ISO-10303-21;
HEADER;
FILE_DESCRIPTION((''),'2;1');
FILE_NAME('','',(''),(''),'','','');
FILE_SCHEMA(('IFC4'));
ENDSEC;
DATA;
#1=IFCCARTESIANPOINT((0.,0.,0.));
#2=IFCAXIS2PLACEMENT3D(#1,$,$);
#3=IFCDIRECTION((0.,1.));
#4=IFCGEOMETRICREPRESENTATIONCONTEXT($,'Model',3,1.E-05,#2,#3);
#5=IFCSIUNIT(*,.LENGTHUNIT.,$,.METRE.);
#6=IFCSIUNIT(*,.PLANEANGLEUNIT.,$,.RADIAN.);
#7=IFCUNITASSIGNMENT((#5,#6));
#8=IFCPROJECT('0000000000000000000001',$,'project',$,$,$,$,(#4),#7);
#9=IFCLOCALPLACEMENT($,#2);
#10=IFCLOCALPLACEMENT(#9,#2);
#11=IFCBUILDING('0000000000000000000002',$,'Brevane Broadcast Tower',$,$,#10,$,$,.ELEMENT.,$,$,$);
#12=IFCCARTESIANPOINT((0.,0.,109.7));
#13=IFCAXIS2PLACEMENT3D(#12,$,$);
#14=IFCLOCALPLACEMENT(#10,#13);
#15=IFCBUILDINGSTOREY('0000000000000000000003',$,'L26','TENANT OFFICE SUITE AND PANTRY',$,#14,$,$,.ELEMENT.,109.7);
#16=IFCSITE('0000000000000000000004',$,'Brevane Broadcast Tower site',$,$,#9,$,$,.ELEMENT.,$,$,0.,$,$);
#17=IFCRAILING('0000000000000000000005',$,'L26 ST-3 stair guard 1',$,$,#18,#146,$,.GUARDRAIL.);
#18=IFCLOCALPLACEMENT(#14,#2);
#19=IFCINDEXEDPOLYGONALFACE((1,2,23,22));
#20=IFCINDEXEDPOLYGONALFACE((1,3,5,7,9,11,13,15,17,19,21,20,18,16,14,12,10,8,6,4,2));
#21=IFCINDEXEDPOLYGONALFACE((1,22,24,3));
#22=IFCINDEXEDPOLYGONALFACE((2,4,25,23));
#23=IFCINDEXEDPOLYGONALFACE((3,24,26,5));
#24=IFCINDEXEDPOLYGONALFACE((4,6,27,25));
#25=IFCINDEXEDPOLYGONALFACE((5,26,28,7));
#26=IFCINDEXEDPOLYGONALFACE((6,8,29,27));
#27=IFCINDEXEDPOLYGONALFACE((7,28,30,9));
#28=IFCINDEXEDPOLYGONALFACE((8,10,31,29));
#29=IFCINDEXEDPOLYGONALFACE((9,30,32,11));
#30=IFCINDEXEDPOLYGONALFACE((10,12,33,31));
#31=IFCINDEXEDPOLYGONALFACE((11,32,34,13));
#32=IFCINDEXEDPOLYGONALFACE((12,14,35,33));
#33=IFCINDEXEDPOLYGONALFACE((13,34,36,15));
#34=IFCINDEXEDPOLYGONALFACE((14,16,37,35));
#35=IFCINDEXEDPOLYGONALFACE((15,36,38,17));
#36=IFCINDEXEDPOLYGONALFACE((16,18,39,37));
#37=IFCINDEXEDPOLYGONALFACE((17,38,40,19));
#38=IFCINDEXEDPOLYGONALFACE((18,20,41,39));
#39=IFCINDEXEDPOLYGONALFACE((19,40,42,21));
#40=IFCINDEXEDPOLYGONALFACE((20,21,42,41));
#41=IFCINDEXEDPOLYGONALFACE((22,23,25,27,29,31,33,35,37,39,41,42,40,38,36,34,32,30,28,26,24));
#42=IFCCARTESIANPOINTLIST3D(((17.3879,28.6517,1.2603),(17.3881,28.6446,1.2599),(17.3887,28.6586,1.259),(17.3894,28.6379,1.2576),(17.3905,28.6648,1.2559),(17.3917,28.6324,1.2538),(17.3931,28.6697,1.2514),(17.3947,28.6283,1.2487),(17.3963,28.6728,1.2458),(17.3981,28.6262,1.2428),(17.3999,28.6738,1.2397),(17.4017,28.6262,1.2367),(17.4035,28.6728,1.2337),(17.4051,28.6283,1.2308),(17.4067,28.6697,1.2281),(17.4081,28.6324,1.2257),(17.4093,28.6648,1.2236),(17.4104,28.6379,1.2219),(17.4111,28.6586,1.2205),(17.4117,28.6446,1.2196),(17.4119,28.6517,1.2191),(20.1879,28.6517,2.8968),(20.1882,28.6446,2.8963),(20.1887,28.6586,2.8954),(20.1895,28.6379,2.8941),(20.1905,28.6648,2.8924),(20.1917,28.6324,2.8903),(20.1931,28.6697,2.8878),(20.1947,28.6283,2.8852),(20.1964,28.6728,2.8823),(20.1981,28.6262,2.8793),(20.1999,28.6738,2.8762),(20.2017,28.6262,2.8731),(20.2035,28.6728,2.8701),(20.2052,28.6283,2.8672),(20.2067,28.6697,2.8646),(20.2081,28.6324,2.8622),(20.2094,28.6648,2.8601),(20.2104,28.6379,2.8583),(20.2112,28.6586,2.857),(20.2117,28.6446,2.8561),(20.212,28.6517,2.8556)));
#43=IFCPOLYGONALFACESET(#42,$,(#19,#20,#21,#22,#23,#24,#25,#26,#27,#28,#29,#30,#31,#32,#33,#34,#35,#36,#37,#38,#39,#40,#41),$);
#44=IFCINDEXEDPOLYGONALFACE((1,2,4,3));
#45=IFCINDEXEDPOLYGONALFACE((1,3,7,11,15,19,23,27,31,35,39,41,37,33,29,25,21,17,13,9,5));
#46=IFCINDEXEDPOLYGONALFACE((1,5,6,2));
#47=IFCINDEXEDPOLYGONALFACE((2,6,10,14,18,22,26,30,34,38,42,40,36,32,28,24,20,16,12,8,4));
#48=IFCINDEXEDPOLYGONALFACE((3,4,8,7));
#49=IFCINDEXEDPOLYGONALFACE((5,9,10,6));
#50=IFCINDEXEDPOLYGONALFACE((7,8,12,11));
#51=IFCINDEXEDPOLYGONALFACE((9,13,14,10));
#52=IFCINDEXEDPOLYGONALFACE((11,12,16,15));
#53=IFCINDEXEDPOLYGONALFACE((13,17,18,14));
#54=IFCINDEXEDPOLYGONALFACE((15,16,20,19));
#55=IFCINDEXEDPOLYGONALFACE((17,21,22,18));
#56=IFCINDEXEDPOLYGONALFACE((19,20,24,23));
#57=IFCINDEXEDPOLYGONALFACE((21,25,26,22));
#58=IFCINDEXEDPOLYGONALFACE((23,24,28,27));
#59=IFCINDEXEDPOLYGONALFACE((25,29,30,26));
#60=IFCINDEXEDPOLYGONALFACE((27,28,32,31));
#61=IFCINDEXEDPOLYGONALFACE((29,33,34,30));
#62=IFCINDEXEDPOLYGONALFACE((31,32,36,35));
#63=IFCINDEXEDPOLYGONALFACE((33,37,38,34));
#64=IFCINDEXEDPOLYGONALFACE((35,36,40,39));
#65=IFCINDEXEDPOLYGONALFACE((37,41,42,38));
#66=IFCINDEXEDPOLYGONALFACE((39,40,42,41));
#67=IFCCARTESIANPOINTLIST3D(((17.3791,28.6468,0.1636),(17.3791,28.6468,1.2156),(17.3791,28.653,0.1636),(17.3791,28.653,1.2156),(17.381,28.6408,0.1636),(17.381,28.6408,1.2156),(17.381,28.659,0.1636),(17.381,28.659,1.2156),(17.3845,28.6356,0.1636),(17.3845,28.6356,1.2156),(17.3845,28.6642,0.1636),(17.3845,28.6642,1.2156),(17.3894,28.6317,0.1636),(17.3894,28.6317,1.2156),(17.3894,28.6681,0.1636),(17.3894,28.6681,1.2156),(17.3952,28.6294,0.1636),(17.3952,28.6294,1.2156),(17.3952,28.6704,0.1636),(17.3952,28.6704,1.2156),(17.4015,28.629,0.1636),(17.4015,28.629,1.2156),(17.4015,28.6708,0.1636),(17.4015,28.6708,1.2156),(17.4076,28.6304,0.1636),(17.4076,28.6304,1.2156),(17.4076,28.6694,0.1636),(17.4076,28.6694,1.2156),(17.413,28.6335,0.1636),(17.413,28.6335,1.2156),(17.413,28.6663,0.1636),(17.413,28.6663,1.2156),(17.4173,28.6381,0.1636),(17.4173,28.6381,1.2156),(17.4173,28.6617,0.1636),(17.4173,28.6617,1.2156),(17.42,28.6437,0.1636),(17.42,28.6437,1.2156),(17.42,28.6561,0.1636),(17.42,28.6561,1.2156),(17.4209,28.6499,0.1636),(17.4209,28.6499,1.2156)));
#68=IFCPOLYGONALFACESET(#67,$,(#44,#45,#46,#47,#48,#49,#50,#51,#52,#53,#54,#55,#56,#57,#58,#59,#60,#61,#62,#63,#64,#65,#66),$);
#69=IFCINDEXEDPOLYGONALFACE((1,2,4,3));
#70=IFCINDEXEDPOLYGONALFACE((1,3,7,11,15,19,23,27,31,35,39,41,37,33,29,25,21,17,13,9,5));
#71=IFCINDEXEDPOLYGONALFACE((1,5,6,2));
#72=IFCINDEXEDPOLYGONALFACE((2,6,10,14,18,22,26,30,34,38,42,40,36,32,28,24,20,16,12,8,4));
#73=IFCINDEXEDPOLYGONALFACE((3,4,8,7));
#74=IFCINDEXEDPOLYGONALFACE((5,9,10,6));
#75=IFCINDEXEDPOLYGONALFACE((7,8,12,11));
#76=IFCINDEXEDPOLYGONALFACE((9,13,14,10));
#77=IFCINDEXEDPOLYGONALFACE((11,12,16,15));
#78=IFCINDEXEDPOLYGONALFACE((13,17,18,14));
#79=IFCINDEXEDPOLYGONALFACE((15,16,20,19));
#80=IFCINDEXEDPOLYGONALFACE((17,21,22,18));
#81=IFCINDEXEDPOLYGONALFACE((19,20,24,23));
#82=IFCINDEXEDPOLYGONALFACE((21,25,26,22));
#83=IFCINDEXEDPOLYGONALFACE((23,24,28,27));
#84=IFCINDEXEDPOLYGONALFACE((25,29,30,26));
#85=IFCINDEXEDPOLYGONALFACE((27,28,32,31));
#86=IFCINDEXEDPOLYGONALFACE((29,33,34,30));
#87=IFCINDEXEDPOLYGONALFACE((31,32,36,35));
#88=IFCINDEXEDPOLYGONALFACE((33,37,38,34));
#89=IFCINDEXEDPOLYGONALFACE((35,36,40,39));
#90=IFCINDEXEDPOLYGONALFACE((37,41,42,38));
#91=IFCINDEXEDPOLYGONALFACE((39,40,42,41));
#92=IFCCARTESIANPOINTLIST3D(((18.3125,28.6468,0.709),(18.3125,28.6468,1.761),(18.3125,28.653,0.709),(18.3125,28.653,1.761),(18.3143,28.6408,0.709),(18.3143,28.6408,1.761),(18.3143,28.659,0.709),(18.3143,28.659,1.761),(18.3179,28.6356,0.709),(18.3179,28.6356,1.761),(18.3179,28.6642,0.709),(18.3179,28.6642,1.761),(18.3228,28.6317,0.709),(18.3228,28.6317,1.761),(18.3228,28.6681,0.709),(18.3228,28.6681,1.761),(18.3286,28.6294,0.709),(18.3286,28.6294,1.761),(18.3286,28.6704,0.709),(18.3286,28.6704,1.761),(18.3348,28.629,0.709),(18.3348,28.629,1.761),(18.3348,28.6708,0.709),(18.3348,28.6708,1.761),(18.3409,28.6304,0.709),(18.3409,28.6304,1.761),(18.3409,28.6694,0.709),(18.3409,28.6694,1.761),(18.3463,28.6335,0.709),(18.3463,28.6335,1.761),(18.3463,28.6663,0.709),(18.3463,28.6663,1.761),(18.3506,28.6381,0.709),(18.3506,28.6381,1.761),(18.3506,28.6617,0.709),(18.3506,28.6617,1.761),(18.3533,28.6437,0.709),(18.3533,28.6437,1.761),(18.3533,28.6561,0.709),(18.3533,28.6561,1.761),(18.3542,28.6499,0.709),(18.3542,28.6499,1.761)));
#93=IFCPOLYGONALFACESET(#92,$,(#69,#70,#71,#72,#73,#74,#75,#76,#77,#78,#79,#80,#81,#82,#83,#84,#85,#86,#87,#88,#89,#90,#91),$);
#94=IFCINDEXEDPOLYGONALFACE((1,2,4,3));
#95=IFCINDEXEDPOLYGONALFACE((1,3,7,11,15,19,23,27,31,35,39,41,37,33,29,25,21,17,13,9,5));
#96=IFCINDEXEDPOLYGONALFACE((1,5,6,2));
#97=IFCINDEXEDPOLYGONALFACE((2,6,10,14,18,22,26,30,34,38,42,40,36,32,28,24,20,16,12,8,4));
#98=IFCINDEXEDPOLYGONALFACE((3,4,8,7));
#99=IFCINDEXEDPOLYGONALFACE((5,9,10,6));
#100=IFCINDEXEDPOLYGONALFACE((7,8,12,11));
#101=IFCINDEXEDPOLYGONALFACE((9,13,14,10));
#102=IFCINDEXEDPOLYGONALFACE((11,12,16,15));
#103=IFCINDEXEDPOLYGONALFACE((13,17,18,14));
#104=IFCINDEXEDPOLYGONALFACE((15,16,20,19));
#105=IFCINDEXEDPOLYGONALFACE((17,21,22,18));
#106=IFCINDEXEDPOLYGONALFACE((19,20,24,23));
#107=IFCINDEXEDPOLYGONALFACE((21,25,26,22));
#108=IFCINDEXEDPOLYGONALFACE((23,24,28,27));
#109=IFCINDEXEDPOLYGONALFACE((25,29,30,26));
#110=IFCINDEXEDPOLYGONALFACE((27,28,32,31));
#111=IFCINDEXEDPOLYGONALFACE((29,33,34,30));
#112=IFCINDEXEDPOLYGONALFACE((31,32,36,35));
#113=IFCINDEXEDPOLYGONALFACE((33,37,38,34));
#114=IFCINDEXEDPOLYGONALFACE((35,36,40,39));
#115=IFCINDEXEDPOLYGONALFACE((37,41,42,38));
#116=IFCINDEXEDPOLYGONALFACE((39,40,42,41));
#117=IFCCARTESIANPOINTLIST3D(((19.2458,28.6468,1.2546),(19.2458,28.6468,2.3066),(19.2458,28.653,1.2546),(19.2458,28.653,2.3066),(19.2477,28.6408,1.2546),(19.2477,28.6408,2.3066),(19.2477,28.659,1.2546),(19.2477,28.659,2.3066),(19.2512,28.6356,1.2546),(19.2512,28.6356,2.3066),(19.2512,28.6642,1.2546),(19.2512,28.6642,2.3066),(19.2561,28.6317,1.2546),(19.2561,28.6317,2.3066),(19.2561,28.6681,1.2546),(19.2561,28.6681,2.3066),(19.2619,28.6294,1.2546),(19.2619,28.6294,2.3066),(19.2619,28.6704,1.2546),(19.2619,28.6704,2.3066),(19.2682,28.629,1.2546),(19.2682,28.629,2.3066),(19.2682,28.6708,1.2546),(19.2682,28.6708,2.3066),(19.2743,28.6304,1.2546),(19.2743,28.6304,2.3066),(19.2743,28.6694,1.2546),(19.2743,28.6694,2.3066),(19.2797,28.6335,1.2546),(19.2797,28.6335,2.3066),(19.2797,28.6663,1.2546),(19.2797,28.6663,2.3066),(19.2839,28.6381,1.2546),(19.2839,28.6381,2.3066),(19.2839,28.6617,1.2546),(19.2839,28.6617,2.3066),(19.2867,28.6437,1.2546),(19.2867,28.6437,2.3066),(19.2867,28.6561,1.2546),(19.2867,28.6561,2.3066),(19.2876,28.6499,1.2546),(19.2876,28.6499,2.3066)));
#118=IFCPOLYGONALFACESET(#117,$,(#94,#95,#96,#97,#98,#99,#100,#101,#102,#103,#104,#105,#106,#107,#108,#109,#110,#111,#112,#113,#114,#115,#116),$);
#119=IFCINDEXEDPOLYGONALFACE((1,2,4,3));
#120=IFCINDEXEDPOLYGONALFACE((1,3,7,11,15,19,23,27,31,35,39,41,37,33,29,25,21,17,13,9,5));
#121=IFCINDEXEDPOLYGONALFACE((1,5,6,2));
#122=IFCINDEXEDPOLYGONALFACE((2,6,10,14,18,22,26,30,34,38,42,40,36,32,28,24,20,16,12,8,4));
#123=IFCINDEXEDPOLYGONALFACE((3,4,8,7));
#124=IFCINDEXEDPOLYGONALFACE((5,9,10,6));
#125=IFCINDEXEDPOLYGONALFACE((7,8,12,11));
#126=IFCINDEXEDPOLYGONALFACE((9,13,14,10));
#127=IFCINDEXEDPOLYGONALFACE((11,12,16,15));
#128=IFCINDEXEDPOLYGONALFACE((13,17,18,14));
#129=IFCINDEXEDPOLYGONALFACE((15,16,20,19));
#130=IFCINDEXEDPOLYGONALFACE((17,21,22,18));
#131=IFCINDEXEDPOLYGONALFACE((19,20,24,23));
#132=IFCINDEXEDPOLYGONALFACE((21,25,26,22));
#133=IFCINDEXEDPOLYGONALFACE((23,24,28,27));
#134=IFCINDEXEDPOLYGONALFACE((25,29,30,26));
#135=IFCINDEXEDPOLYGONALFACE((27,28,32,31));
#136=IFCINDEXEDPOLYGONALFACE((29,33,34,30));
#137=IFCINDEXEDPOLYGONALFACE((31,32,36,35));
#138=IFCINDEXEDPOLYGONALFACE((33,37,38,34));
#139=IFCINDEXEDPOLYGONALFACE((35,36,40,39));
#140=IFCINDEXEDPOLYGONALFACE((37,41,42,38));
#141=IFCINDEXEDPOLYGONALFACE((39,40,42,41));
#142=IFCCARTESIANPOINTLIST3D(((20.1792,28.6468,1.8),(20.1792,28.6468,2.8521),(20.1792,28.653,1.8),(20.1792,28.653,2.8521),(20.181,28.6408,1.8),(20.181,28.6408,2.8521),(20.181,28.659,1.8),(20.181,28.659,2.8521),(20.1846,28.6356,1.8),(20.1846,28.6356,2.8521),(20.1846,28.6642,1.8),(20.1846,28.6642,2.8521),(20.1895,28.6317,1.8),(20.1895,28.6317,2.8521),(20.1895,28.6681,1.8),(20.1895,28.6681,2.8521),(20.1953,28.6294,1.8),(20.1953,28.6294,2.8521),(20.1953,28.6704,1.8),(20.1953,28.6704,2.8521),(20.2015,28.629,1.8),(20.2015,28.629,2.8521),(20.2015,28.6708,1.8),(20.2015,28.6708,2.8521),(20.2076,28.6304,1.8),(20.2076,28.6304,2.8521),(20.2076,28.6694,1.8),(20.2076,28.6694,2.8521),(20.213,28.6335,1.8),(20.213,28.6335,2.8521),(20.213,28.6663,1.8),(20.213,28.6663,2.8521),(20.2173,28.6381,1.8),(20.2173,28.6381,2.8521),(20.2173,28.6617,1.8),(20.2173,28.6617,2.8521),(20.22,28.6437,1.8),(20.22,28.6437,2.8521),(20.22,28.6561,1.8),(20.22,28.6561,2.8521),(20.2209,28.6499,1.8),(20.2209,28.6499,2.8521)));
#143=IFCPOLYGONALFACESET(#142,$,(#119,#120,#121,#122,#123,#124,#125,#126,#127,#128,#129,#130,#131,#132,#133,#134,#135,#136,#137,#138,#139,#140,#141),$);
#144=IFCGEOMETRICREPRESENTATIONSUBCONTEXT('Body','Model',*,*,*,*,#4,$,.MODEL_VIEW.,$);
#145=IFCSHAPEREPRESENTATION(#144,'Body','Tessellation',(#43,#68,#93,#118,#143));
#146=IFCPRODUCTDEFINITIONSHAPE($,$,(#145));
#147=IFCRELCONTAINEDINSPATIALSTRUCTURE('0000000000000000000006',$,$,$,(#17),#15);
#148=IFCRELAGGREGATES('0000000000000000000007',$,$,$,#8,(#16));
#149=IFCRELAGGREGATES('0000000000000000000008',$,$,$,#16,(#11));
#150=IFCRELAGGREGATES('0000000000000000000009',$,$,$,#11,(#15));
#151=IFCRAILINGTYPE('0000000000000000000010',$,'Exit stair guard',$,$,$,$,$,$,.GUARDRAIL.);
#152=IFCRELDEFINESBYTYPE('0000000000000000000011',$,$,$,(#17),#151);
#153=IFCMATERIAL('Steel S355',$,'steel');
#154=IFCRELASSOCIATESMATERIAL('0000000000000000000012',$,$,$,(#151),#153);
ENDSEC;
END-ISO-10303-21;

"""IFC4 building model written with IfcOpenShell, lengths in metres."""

from ifc_helpers import new_model, si_unit, direction, frame, origin, origin_2d, place, context, subcontext, project, spatial, circle, extrude, material, type_object, element, save


model = new_model("IFC4")

# Units and contexts
model_context = context("Model", 3, precision=1e-05, world=origin(), true_north=direction((0.0, 1.0)))
body_context = subcontext(model_context, "Body", "Model", "MODEL_VIEW")
ifc_project = project(units=[si_unit("LENGTHUNIT", "METRE"), si_unit("PLANEANGLEUNIT", "RADIAN")], contexts=[model_context])

# Site, building, storey
site_placement = place(None, origin())
site = spatial("IfcSite", under=ifc_project, at=site_placement, Name="Brevane Broadcast Tower site", CompositionType="ELEMENT", RefElevation=0.0)
building_placement = place(site_placement, origin())
building = spatial("IfcBuilding", under=site, at=building_placement, Name="Brevane Broadcast Tower", CompositionType="ELEMENT")
storey_placement = place(building_placement, frame((0.0, 0.0, 109.7)))
storey = spatial("IfcBuildingStorey", under=building, at=storey_placement, Name="L26", Description="TENANT OFFICE SUITE AND PANTRY", CompositionType="ELEMENT", Elevation=109.7)

# Railing
ifc_material_1 = material(Name="Steel S355", Category="steel")
railing_type_1 = type_object("IfcRailingType", Name="Exit stair guard", PredefinedType="GUARDRAIL", material=ifc_material_1)
railing_1_placement = place(storey_placement, frame((17.3999, 28.6499, 0.1636)))
element("IfcRailing", 1, at=railing_1_placement, inside=storey, type_object=railing_type_1, Name="L26 ST-3 stair guard 1", PredefinedType="GUARDRAIL", context=body_context, shape_type="SweptSolid", body=[
    extrude(circle(Radius=0.0239, at=origin_2d()), frame((0.0, 0.0, 1.0762), z_axis=(0.863361, 0.0, 0.504587), x_axis=(0.0, 1.0, 0.0)), (0.0, 0.0, 1.0), 3.2432),
    extrude(circle(Radius=0.021, at=origin_2d()), origin(), (0.0, 0.0, 1.0), 1.052),
    extrude(circle(Radius=0.021, at=origin_2d()), frame((0.9333, 0.0, 0.5454)), (0.0, 0.0, 1.0), 1.052),
    extrude(circle(Radius=0.021, at=origin_2d()), frame((1.8667, 0.0, 1.0911)), (0.0, 0.0, 1.0), 1.052),
    extrude(circle(Radius=0.021, at=origin_2d()), frame((2.8, 0.0, 1.6365)), (0.0, 0.0, 1.0), 1.052),
])

save(model, "model.ifc")
